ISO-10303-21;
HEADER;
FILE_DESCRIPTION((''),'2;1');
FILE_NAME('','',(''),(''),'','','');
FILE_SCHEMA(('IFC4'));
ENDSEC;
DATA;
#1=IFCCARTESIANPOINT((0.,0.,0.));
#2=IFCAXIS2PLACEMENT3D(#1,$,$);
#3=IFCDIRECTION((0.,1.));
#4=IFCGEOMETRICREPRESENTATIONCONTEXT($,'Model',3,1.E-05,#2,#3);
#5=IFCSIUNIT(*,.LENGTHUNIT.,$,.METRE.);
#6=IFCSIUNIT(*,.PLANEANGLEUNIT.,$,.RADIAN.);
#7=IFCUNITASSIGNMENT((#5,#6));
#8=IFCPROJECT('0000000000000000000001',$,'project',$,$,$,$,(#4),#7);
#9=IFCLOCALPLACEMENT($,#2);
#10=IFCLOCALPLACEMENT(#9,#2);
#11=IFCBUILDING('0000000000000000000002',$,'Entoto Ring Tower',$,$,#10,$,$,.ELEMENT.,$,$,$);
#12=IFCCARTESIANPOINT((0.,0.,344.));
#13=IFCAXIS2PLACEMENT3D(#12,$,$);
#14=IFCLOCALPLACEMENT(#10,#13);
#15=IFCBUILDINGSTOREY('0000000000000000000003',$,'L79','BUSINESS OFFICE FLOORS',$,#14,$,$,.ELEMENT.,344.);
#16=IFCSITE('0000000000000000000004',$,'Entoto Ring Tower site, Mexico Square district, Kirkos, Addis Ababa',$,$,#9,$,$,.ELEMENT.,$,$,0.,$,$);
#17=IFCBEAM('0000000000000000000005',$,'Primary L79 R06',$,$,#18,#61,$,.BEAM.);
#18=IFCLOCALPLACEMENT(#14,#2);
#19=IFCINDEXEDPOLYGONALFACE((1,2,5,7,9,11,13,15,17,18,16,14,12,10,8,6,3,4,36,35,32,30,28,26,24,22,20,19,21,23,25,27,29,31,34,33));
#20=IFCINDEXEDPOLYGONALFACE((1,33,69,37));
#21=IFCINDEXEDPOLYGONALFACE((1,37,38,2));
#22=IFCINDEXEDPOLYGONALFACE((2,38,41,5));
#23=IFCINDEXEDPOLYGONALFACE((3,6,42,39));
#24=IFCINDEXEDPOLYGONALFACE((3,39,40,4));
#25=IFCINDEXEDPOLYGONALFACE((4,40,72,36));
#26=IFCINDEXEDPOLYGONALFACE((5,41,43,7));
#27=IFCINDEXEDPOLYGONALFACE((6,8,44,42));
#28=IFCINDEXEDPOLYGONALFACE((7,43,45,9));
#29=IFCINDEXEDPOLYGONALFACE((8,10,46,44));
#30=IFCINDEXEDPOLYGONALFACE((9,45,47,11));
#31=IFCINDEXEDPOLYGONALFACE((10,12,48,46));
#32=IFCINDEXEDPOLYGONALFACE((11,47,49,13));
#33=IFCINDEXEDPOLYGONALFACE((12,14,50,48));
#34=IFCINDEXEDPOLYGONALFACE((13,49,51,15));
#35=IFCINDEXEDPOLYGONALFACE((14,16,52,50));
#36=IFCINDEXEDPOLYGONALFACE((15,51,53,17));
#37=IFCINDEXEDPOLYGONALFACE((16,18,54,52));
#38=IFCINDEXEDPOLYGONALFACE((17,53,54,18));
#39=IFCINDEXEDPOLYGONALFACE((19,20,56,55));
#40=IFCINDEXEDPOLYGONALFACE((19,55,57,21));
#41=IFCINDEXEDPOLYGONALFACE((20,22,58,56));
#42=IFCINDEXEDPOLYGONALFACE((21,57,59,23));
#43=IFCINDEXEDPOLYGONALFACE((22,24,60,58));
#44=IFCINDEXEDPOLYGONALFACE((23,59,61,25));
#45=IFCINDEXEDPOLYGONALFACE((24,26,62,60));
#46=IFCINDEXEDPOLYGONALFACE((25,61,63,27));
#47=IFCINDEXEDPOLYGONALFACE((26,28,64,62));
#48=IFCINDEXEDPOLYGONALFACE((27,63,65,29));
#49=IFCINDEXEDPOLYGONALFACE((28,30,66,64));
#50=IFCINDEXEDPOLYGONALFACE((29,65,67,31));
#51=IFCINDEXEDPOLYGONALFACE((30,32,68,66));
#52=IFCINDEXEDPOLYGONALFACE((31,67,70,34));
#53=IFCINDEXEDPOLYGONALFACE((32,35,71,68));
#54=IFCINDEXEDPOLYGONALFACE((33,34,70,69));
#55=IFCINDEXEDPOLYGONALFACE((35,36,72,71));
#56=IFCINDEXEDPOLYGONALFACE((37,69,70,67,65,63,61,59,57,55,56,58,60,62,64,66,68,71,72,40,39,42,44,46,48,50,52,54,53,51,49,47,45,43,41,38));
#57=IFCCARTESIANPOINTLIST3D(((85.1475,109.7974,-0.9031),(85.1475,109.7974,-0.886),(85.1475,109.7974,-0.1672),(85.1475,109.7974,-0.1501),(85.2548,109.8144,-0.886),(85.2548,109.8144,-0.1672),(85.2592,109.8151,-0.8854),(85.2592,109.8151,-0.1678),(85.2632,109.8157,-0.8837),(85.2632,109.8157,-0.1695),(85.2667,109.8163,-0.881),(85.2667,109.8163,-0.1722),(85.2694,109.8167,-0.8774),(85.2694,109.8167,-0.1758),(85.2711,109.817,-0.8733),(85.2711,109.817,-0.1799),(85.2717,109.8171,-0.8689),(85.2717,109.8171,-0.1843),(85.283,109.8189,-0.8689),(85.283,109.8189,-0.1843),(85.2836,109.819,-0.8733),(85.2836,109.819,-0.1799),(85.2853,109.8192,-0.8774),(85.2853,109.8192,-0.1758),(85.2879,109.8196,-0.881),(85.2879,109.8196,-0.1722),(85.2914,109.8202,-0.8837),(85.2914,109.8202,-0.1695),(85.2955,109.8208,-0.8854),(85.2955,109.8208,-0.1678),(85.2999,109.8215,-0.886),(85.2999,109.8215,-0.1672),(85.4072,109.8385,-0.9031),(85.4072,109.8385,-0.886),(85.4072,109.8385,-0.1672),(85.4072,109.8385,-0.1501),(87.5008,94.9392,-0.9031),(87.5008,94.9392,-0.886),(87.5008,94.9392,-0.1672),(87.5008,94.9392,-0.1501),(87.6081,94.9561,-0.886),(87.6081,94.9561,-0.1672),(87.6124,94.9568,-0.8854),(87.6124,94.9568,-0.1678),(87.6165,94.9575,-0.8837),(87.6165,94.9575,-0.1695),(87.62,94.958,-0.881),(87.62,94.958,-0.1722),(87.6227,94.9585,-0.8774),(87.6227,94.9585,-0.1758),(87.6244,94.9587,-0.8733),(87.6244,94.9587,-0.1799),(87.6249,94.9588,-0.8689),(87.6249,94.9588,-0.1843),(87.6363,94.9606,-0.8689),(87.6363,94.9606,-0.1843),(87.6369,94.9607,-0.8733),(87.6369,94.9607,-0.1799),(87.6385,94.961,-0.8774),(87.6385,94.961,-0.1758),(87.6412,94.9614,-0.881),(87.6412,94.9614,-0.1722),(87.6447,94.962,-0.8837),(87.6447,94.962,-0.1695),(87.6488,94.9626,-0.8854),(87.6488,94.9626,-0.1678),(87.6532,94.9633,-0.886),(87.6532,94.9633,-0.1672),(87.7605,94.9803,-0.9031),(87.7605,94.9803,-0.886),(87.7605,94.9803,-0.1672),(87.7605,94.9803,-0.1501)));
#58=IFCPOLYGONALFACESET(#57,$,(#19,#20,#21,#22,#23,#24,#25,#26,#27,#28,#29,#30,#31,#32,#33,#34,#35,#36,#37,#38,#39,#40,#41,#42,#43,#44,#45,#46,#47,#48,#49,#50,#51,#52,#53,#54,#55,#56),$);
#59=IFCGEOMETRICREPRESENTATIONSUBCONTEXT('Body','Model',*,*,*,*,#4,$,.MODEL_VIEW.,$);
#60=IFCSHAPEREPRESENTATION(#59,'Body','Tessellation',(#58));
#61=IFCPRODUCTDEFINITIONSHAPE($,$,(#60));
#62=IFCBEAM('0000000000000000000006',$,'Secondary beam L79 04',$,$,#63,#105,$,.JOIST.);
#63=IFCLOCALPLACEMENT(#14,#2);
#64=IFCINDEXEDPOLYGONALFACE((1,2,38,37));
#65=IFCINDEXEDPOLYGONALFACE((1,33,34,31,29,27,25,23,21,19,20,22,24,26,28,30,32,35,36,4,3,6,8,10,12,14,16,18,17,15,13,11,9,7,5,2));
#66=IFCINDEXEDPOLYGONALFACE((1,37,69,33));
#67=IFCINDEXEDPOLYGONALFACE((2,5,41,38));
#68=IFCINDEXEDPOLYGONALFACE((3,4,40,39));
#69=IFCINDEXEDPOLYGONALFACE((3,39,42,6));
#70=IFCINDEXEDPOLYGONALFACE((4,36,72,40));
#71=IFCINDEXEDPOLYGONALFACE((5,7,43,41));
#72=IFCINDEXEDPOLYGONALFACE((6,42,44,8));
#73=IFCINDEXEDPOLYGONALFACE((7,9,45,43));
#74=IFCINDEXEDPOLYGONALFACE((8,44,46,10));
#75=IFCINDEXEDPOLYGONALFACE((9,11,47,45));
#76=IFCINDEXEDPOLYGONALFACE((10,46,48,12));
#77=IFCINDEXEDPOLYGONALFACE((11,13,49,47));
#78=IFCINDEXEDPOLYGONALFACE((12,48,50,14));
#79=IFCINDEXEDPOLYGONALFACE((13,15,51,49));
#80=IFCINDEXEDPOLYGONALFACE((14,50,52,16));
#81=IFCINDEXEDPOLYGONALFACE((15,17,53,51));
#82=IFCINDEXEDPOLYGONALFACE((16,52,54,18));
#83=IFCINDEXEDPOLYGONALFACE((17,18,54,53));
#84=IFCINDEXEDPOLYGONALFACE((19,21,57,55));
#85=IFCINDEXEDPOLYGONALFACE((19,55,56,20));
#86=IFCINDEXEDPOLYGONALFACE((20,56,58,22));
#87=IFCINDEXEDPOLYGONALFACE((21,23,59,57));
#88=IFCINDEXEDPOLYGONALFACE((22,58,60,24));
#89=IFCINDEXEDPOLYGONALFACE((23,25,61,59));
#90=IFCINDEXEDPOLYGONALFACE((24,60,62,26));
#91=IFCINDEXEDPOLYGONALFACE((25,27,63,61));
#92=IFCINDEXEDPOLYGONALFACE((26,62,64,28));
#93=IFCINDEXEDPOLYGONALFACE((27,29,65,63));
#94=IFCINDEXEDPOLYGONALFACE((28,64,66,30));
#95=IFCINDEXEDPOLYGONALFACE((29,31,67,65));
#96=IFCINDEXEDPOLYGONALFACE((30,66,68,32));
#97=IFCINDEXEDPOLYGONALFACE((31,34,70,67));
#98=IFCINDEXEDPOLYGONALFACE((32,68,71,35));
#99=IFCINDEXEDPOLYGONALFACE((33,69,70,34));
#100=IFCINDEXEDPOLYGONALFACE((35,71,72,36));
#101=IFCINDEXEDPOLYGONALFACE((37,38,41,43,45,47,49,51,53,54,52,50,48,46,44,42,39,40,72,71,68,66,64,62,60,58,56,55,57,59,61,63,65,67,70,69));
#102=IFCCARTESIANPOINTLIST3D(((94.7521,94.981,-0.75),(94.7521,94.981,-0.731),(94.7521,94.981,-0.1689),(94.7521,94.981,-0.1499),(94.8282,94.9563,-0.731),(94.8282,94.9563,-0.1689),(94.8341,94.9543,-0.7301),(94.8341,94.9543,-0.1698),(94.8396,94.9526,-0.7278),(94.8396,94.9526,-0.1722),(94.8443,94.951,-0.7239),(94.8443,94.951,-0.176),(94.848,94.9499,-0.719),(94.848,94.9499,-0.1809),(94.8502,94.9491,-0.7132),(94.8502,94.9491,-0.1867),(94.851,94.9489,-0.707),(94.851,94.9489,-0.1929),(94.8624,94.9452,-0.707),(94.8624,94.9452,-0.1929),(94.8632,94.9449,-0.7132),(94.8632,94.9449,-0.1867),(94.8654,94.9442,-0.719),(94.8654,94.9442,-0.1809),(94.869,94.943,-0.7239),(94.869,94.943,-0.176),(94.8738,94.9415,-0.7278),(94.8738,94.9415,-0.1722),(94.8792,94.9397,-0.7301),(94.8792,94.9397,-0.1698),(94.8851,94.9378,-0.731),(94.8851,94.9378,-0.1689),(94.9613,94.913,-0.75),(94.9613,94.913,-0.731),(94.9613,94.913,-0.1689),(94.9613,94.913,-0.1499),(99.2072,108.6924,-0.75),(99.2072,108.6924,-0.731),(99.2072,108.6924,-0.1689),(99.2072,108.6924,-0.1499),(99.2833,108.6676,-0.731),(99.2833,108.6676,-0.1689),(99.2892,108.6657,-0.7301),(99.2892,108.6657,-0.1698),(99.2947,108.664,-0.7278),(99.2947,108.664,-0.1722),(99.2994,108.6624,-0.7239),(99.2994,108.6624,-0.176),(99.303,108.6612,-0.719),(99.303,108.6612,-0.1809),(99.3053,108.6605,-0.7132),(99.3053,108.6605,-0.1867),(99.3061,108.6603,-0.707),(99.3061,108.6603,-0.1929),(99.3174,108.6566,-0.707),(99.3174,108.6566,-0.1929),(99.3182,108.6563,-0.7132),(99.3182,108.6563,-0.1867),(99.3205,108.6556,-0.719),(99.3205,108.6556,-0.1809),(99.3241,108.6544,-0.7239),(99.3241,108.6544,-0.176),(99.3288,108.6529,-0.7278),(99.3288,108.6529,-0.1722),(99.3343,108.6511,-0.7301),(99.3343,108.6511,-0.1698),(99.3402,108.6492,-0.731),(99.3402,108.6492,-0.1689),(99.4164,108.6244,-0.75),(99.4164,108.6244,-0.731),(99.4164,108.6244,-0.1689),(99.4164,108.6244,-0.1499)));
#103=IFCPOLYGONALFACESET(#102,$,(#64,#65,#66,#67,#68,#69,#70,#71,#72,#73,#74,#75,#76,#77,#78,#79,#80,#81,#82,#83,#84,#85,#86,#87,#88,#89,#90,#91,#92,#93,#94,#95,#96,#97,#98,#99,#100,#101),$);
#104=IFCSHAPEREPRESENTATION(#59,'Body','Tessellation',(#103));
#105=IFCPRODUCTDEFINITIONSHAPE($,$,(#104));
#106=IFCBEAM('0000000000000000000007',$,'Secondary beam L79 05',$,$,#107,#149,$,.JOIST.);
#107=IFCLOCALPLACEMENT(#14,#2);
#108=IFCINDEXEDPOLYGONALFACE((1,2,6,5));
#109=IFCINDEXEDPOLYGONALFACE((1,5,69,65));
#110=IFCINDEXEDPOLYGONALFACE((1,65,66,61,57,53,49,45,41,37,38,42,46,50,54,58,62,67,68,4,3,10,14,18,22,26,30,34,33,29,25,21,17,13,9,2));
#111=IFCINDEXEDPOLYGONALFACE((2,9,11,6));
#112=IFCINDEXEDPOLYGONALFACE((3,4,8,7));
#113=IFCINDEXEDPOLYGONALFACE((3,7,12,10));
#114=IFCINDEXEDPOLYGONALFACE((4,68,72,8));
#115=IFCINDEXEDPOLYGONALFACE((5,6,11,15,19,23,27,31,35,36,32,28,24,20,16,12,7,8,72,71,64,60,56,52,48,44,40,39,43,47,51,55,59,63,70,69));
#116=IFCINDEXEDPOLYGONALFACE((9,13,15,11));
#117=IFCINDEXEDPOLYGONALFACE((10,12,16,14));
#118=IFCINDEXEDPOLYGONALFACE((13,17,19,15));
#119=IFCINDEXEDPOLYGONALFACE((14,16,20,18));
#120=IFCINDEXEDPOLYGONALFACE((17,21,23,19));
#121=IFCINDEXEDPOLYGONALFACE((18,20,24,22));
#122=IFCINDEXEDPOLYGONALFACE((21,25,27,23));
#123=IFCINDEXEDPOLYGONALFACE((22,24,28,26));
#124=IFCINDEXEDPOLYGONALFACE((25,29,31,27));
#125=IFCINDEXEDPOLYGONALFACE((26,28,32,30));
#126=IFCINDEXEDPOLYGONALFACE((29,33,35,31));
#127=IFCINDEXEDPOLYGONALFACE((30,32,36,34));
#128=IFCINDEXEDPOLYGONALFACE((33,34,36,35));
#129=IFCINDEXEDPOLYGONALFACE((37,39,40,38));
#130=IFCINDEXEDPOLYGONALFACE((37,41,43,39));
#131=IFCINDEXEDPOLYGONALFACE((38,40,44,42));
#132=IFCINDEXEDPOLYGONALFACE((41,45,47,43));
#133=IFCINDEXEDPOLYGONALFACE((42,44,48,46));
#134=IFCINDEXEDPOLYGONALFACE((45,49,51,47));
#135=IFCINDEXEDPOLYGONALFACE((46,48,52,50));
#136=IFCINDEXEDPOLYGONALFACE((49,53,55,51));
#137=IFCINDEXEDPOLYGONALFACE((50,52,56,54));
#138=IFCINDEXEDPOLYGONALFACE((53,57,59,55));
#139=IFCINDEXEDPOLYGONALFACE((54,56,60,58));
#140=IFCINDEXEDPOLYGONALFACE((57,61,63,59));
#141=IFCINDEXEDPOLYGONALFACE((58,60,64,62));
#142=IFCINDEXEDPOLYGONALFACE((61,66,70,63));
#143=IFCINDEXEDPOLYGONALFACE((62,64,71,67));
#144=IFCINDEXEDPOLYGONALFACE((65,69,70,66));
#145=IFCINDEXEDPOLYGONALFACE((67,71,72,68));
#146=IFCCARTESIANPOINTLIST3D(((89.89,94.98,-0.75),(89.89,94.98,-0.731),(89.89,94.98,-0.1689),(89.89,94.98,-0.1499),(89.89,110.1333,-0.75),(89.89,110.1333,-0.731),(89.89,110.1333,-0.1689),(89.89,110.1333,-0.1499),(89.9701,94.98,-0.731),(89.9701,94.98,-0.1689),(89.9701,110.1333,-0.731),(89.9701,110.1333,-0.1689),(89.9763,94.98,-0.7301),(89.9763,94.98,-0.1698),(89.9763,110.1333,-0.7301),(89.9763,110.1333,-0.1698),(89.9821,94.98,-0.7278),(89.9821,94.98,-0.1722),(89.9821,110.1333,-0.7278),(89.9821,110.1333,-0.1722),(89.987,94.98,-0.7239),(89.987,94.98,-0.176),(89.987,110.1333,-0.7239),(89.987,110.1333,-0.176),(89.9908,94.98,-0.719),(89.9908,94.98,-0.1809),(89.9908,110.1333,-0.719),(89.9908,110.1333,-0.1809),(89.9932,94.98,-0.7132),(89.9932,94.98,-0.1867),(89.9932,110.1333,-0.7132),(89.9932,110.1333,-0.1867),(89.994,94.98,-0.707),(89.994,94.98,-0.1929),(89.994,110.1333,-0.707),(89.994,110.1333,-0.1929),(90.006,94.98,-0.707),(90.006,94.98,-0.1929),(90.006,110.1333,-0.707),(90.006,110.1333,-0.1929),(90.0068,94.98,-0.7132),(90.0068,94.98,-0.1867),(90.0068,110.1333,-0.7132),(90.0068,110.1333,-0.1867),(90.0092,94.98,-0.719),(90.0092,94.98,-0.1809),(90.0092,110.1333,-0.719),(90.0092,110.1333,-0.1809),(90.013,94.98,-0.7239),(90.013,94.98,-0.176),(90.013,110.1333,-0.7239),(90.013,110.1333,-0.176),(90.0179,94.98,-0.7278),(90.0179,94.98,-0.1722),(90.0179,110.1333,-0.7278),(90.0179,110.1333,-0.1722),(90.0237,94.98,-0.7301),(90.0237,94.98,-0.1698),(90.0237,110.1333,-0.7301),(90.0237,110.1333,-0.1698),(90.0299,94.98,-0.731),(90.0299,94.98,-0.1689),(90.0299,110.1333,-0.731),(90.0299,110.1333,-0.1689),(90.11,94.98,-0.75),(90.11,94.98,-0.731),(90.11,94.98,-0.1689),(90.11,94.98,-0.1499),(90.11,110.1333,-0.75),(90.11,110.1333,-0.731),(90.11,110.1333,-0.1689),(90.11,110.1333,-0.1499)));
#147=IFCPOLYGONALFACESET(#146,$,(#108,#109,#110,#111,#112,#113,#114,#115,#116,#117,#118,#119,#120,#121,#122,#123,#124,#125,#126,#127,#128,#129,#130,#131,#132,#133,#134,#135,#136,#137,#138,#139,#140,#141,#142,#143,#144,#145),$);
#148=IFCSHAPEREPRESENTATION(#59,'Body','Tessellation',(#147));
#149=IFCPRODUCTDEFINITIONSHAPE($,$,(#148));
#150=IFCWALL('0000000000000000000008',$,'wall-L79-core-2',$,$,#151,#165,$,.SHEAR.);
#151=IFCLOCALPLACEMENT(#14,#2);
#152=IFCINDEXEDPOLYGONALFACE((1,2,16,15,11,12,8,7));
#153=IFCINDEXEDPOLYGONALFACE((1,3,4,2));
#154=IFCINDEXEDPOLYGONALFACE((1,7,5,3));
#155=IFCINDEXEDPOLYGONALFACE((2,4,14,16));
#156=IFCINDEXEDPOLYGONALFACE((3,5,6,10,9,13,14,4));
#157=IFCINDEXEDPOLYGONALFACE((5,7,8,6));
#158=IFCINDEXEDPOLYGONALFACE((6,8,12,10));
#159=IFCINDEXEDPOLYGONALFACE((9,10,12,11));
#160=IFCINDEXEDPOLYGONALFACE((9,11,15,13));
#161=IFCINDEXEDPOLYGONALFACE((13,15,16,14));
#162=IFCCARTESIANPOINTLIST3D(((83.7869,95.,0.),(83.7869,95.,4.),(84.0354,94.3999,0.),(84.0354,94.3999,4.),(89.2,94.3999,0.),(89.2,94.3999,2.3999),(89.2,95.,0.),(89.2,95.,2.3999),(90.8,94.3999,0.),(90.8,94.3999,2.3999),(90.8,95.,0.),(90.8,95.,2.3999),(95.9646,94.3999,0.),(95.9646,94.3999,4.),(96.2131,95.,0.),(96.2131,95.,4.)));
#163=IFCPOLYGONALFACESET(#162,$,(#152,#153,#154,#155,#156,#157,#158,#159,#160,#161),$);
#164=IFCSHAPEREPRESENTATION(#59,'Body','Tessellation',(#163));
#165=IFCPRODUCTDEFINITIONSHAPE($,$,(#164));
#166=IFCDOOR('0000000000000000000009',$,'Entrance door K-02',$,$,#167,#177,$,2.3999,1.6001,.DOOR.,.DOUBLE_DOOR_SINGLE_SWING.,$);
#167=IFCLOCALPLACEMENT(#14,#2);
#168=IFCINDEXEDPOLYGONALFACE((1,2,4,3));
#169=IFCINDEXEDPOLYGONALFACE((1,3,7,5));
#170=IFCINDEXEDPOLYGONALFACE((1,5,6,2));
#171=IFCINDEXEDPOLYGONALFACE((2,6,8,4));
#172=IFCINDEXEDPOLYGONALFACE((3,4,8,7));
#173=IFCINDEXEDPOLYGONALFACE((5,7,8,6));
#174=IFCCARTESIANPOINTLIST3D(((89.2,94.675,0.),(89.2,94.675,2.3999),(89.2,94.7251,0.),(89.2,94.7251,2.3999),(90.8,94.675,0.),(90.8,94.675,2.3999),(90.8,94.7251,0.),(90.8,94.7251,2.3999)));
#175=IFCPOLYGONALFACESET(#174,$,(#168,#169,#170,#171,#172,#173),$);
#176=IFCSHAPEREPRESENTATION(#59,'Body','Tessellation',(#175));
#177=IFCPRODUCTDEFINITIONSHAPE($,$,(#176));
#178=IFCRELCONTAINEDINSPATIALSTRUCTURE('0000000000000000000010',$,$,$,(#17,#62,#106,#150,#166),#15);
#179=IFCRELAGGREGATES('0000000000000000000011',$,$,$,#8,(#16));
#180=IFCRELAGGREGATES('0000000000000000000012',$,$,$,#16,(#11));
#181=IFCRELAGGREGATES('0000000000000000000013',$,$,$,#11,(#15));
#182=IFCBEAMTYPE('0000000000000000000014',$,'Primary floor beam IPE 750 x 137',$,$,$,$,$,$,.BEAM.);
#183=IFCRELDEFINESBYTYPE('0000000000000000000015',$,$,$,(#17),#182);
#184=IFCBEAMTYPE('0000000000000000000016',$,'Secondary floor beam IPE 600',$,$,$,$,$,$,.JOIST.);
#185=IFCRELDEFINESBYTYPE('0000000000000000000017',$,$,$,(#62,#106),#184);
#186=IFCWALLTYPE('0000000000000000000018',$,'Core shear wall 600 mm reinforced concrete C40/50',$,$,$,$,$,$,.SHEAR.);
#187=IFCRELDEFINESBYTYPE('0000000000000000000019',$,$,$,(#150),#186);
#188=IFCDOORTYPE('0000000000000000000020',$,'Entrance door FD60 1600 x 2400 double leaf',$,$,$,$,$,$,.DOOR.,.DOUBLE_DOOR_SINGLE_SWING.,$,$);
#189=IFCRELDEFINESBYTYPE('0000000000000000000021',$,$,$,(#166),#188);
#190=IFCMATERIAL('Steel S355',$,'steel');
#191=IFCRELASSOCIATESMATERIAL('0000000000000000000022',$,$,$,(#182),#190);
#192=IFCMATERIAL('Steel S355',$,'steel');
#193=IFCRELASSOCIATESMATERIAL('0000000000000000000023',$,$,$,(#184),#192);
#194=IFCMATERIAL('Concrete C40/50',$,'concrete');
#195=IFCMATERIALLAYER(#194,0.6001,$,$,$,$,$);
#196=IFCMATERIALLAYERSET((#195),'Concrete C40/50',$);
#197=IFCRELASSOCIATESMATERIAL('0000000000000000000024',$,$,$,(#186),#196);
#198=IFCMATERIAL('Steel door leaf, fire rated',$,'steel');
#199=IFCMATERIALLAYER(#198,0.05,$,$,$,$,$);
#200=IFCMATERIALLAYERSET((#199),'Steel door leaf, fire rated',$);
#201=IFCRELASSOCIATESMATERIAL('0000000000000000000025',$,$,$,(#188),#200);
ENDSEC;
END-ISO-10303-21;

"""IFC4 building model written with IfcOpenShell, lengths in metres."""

from ifc_helpers import new_model, si_unit, direction, frame, frame_2d, origin, origin_2d, place, context, subcontext, project, spatial, polyline, rectangle, i_section, outline, extrude, material, layer, layer_set, material_profile, profile_set, type_object, element, fill, save


model = new_model("IFC4")

# Units and contexts
model_context = context("Model", 3, precision=1e-05, world=origin(), true_north=direction((0.0, 1.0)))
body_context = subcontext(model_context, "Body", "Model", "MODEL_VIEW")
ifc_project = project(units=[si_unit("LENGTHUNIT", "METRE"), si_unit("PLANEANGLEUNIT", "RADIAN")], contexts=[model_context])

# Site, building, storey
site_placement = place(None, origin())
site = spatial("IfcSite", under=ifc_project, at=site_placement, Name="Entoto Ring Tower site, Mexico Square district, Kirkos, Addis Ababa", CompositionType="ELEMENT", RefElevation=0.0)
building_placement = place(site_placement, origin())
building = spatial("IfcBuilding", under=site, at=building_placement, Name="Entoto Ring Tower", CompositionType="ELEMENT")
storey_placement = place(building_placement, frame((0.0, 0.0, 344.0)))
storey = spatial("IfcBuildingStorey", under=building, at=storey_placement, Name="L79", Description="BUSINESS OFFICE FLOORS", CompositionType="ELEMENT", Elevation=344.0)

# Beams
ifc_material_1 = material(Name="Steel S355", Category="steel")
ifc_material_profile_1 = material_profile(ifc_material_1, i_section(OverallWidth=0.2629, OverallDepth=0.7529, WebThickness=0.0115, FlangeThickness=0.0171, FilletRadius=0.0171, at=origin_2d()), Name="IPE 750 x 137")
ifc_profile_set_1 = profile_set([ifc_material_profile_1], Name="Steel S355")
beam_type_1 = type_object("IfcBeamType", Name="Primary floor beam IPE 750 x 137", PredefinedType="BEAM", material=ifc_profile_set_1)
for number, where, z_axis, x_axis, name in (
    (1, (87.6306, 94.9597, -0.5266), (-0.156433, 0.987689, 0.0), (-0.987689, -0.156433, 0.0), "Primary L79 R06"),
):
    element("IfcBeam", number, at=place(storey_placement, frame(where, z_axis=z_axis, x_axis=x_axis)), inside=storey, type_object=beam_type_1, Name=name, PredefinedType="BEAM", context=body_context, shape_type="SweptSolid", body=[
        extrude(i_section(OverallWidth=0.2629, OverallDepth=0.7529, WebThickness=0.0115, FlangeThickness=0.0171, FilletRadius=0.0171, at=origin_2d()), origin(), (0.0, 0.0, 1.0), 15.0435),
    ])
ifc_material_2 = material(Name="Steel S355", Category="steel")
ifc_material_profile_2 = material_profile(ifc_material_2, i_section(OverallWidth=0.22, OverallDepth=0.6001, WebThickness=0.012, FlangeThickness=0.019, FilletRadius=0.0239, at=origin_2d()), Name="IPE 600")
ifc_profile_set_2 = profile_set([ifc_material_profile_2], Name="Steel S355")
beam_type_2 = type_object("IfcBeamType", Name="Secondary floor beam IPE 600", PredefinedType="JOIST", material=ifc_profile_set_2)
beam_1_placement = place(storey_placement, frame((94.8567, 94.947, -0.45), z_axis=(0.309015, 0.951057, 0.0), x_axis=(-0.951057, 0.309015, 0.0)))
element("IfcBeam", 2, at=beam_1_placement, inside=storey, type_object=beam_type_2, Name="Secondary beam L79 04", PredefinedType="JOIST", context=body_context, shape_type="SweptSolid", body=[
    extrude(i_section(OverallWidth=0.22, OverallDepth=0.6001, WebThickness=0.012, FlangeThickness=0.019, FilletRadius=0.0239, at=origin_2d()), origin(), (0.0, 0.0, 1.0), 14.417),
])
beam_2_placement = place(storey_placement, frame((90.0, 94.98, -0.45), z_axis=(0.0, 1.0, 0.0), x_axis=(-1.0, 0.0, 0.0)))
element("IfcBeam", 3, at=beam_2_placement, inside=storey, type_object=beam_type_2, Name="Secondary beam L79 05", PredefinedType="JOIST", context=body_context, shape_type="SweptSolid", body=[
    extrude(i_section(OverallWidth=0.22, OverallDepth=0.6001, WebThickness=0.012, FlangeThickness=0.019, FilletRadius=0.0239, at=origin_2d()), origin(), (0.0, 0.0, 1.0), 15.1533),
])

# Wall, opening, door
ifc_material_3 = material(Name="Concrete C40/50", Category="concrete")
ifc_layer_1 = layer(ifc_material_3, 0.6001)
ifc_layer_set_1 = layer_set([ifc_layer_1], Name="Concrete C40/50")
wall_type_1 = type_object("IfcWallType", Name="Core shear wall 600 mm reinforced concrete C40/50", PredefinedType="SHEAR", material=ifc_layer_set_1)
wall_1_placement = place(storey_placement, frame((96.0889, 94.7, 0.0), z_axis=(0.0, 0.0, 1.0), x_axis=(-1.0, 0.0, 0.0)))
wall_1 = element("IfcWall", 4, at=wall_1_placement, inside=storey, type_object=wall_type_1, Name="wall-L79-core-2", PredefinedType="SHEAR", context=body_context, shape_type="SweptSolid", body=[
    extrude(outline(polyline([(-0.1243, -0.3), (12.302, -0.3), (12.0535, 0.3), (0.1243, 0.3), (-0.1243, -0.3)])), origin(), (0.0, 0.0, 1.0), 4.0),
])
opening_1_placement = place(wall_1_placement, frame((5.2888, 0.0, 0.0)))
opening_1 = element("IfcOpeningElement", 5, at=opening_1_placement, cuts=wall_1, PredefinedType="OPENING", context=body_context, shape_type="SweptSolid", body=[
    extrude(rectangle(XDim=1.6001, YDim=2.3999, at=frame_2d((0.8, 1.2))), frame((0.0, 0.3101, 0.0), z_axis=(0.0, -1.0, 0.0), x_axis=(1.0, 0.0, 0.0)), (0.0, 0.0, 1.0), 0.6201),
])
ifc_material_4 = material(Name="Steel door leaf, fire rated", Category="steel")
ifc_layer_2 = layer(ifc_material_4, 0.05)
ifc_layer_set_2 = layer_set([ifc_layer_2], Name="Steel door leaf, fire rated")
door_type_1 = type_object("IfcDoorType", Name="Entrance door FD60 1600 x 2400 double leaf", OperationType="DOUBLE_DOOR_SINGLE_SWING", PredefinedType="DOOR", material=ifc_layer_set_2)
door_1_placement = place(opening_1_placement, origin())
door_1 = element("IfcDoor", 6, at=door_1_placement, inside=storey, type_object=door_type_1, Name="Entrance door K-02", OperationType="DOUBLE_DOOR_SINGLE_SWING", OverallHeight=2.3999, OverallWidth=1.6001, PredefinedType="DOOR", context=body_context, shape_type="SweptSolid", body=[
    extrude(rectangle(XDim=1.6001, YDim=2.3999, at=frame_2d((0.8, 1.2))), frame((0.0, 0.0249, 0.0), z_axis=(0.0, -1.0, 0.0), x_axis=(1.0, 0.0, 0.0)), (0.0, 0.0, 1.0), 0.05),
])
fill(opening_1, door_1)

save(model, "model.ifc")
